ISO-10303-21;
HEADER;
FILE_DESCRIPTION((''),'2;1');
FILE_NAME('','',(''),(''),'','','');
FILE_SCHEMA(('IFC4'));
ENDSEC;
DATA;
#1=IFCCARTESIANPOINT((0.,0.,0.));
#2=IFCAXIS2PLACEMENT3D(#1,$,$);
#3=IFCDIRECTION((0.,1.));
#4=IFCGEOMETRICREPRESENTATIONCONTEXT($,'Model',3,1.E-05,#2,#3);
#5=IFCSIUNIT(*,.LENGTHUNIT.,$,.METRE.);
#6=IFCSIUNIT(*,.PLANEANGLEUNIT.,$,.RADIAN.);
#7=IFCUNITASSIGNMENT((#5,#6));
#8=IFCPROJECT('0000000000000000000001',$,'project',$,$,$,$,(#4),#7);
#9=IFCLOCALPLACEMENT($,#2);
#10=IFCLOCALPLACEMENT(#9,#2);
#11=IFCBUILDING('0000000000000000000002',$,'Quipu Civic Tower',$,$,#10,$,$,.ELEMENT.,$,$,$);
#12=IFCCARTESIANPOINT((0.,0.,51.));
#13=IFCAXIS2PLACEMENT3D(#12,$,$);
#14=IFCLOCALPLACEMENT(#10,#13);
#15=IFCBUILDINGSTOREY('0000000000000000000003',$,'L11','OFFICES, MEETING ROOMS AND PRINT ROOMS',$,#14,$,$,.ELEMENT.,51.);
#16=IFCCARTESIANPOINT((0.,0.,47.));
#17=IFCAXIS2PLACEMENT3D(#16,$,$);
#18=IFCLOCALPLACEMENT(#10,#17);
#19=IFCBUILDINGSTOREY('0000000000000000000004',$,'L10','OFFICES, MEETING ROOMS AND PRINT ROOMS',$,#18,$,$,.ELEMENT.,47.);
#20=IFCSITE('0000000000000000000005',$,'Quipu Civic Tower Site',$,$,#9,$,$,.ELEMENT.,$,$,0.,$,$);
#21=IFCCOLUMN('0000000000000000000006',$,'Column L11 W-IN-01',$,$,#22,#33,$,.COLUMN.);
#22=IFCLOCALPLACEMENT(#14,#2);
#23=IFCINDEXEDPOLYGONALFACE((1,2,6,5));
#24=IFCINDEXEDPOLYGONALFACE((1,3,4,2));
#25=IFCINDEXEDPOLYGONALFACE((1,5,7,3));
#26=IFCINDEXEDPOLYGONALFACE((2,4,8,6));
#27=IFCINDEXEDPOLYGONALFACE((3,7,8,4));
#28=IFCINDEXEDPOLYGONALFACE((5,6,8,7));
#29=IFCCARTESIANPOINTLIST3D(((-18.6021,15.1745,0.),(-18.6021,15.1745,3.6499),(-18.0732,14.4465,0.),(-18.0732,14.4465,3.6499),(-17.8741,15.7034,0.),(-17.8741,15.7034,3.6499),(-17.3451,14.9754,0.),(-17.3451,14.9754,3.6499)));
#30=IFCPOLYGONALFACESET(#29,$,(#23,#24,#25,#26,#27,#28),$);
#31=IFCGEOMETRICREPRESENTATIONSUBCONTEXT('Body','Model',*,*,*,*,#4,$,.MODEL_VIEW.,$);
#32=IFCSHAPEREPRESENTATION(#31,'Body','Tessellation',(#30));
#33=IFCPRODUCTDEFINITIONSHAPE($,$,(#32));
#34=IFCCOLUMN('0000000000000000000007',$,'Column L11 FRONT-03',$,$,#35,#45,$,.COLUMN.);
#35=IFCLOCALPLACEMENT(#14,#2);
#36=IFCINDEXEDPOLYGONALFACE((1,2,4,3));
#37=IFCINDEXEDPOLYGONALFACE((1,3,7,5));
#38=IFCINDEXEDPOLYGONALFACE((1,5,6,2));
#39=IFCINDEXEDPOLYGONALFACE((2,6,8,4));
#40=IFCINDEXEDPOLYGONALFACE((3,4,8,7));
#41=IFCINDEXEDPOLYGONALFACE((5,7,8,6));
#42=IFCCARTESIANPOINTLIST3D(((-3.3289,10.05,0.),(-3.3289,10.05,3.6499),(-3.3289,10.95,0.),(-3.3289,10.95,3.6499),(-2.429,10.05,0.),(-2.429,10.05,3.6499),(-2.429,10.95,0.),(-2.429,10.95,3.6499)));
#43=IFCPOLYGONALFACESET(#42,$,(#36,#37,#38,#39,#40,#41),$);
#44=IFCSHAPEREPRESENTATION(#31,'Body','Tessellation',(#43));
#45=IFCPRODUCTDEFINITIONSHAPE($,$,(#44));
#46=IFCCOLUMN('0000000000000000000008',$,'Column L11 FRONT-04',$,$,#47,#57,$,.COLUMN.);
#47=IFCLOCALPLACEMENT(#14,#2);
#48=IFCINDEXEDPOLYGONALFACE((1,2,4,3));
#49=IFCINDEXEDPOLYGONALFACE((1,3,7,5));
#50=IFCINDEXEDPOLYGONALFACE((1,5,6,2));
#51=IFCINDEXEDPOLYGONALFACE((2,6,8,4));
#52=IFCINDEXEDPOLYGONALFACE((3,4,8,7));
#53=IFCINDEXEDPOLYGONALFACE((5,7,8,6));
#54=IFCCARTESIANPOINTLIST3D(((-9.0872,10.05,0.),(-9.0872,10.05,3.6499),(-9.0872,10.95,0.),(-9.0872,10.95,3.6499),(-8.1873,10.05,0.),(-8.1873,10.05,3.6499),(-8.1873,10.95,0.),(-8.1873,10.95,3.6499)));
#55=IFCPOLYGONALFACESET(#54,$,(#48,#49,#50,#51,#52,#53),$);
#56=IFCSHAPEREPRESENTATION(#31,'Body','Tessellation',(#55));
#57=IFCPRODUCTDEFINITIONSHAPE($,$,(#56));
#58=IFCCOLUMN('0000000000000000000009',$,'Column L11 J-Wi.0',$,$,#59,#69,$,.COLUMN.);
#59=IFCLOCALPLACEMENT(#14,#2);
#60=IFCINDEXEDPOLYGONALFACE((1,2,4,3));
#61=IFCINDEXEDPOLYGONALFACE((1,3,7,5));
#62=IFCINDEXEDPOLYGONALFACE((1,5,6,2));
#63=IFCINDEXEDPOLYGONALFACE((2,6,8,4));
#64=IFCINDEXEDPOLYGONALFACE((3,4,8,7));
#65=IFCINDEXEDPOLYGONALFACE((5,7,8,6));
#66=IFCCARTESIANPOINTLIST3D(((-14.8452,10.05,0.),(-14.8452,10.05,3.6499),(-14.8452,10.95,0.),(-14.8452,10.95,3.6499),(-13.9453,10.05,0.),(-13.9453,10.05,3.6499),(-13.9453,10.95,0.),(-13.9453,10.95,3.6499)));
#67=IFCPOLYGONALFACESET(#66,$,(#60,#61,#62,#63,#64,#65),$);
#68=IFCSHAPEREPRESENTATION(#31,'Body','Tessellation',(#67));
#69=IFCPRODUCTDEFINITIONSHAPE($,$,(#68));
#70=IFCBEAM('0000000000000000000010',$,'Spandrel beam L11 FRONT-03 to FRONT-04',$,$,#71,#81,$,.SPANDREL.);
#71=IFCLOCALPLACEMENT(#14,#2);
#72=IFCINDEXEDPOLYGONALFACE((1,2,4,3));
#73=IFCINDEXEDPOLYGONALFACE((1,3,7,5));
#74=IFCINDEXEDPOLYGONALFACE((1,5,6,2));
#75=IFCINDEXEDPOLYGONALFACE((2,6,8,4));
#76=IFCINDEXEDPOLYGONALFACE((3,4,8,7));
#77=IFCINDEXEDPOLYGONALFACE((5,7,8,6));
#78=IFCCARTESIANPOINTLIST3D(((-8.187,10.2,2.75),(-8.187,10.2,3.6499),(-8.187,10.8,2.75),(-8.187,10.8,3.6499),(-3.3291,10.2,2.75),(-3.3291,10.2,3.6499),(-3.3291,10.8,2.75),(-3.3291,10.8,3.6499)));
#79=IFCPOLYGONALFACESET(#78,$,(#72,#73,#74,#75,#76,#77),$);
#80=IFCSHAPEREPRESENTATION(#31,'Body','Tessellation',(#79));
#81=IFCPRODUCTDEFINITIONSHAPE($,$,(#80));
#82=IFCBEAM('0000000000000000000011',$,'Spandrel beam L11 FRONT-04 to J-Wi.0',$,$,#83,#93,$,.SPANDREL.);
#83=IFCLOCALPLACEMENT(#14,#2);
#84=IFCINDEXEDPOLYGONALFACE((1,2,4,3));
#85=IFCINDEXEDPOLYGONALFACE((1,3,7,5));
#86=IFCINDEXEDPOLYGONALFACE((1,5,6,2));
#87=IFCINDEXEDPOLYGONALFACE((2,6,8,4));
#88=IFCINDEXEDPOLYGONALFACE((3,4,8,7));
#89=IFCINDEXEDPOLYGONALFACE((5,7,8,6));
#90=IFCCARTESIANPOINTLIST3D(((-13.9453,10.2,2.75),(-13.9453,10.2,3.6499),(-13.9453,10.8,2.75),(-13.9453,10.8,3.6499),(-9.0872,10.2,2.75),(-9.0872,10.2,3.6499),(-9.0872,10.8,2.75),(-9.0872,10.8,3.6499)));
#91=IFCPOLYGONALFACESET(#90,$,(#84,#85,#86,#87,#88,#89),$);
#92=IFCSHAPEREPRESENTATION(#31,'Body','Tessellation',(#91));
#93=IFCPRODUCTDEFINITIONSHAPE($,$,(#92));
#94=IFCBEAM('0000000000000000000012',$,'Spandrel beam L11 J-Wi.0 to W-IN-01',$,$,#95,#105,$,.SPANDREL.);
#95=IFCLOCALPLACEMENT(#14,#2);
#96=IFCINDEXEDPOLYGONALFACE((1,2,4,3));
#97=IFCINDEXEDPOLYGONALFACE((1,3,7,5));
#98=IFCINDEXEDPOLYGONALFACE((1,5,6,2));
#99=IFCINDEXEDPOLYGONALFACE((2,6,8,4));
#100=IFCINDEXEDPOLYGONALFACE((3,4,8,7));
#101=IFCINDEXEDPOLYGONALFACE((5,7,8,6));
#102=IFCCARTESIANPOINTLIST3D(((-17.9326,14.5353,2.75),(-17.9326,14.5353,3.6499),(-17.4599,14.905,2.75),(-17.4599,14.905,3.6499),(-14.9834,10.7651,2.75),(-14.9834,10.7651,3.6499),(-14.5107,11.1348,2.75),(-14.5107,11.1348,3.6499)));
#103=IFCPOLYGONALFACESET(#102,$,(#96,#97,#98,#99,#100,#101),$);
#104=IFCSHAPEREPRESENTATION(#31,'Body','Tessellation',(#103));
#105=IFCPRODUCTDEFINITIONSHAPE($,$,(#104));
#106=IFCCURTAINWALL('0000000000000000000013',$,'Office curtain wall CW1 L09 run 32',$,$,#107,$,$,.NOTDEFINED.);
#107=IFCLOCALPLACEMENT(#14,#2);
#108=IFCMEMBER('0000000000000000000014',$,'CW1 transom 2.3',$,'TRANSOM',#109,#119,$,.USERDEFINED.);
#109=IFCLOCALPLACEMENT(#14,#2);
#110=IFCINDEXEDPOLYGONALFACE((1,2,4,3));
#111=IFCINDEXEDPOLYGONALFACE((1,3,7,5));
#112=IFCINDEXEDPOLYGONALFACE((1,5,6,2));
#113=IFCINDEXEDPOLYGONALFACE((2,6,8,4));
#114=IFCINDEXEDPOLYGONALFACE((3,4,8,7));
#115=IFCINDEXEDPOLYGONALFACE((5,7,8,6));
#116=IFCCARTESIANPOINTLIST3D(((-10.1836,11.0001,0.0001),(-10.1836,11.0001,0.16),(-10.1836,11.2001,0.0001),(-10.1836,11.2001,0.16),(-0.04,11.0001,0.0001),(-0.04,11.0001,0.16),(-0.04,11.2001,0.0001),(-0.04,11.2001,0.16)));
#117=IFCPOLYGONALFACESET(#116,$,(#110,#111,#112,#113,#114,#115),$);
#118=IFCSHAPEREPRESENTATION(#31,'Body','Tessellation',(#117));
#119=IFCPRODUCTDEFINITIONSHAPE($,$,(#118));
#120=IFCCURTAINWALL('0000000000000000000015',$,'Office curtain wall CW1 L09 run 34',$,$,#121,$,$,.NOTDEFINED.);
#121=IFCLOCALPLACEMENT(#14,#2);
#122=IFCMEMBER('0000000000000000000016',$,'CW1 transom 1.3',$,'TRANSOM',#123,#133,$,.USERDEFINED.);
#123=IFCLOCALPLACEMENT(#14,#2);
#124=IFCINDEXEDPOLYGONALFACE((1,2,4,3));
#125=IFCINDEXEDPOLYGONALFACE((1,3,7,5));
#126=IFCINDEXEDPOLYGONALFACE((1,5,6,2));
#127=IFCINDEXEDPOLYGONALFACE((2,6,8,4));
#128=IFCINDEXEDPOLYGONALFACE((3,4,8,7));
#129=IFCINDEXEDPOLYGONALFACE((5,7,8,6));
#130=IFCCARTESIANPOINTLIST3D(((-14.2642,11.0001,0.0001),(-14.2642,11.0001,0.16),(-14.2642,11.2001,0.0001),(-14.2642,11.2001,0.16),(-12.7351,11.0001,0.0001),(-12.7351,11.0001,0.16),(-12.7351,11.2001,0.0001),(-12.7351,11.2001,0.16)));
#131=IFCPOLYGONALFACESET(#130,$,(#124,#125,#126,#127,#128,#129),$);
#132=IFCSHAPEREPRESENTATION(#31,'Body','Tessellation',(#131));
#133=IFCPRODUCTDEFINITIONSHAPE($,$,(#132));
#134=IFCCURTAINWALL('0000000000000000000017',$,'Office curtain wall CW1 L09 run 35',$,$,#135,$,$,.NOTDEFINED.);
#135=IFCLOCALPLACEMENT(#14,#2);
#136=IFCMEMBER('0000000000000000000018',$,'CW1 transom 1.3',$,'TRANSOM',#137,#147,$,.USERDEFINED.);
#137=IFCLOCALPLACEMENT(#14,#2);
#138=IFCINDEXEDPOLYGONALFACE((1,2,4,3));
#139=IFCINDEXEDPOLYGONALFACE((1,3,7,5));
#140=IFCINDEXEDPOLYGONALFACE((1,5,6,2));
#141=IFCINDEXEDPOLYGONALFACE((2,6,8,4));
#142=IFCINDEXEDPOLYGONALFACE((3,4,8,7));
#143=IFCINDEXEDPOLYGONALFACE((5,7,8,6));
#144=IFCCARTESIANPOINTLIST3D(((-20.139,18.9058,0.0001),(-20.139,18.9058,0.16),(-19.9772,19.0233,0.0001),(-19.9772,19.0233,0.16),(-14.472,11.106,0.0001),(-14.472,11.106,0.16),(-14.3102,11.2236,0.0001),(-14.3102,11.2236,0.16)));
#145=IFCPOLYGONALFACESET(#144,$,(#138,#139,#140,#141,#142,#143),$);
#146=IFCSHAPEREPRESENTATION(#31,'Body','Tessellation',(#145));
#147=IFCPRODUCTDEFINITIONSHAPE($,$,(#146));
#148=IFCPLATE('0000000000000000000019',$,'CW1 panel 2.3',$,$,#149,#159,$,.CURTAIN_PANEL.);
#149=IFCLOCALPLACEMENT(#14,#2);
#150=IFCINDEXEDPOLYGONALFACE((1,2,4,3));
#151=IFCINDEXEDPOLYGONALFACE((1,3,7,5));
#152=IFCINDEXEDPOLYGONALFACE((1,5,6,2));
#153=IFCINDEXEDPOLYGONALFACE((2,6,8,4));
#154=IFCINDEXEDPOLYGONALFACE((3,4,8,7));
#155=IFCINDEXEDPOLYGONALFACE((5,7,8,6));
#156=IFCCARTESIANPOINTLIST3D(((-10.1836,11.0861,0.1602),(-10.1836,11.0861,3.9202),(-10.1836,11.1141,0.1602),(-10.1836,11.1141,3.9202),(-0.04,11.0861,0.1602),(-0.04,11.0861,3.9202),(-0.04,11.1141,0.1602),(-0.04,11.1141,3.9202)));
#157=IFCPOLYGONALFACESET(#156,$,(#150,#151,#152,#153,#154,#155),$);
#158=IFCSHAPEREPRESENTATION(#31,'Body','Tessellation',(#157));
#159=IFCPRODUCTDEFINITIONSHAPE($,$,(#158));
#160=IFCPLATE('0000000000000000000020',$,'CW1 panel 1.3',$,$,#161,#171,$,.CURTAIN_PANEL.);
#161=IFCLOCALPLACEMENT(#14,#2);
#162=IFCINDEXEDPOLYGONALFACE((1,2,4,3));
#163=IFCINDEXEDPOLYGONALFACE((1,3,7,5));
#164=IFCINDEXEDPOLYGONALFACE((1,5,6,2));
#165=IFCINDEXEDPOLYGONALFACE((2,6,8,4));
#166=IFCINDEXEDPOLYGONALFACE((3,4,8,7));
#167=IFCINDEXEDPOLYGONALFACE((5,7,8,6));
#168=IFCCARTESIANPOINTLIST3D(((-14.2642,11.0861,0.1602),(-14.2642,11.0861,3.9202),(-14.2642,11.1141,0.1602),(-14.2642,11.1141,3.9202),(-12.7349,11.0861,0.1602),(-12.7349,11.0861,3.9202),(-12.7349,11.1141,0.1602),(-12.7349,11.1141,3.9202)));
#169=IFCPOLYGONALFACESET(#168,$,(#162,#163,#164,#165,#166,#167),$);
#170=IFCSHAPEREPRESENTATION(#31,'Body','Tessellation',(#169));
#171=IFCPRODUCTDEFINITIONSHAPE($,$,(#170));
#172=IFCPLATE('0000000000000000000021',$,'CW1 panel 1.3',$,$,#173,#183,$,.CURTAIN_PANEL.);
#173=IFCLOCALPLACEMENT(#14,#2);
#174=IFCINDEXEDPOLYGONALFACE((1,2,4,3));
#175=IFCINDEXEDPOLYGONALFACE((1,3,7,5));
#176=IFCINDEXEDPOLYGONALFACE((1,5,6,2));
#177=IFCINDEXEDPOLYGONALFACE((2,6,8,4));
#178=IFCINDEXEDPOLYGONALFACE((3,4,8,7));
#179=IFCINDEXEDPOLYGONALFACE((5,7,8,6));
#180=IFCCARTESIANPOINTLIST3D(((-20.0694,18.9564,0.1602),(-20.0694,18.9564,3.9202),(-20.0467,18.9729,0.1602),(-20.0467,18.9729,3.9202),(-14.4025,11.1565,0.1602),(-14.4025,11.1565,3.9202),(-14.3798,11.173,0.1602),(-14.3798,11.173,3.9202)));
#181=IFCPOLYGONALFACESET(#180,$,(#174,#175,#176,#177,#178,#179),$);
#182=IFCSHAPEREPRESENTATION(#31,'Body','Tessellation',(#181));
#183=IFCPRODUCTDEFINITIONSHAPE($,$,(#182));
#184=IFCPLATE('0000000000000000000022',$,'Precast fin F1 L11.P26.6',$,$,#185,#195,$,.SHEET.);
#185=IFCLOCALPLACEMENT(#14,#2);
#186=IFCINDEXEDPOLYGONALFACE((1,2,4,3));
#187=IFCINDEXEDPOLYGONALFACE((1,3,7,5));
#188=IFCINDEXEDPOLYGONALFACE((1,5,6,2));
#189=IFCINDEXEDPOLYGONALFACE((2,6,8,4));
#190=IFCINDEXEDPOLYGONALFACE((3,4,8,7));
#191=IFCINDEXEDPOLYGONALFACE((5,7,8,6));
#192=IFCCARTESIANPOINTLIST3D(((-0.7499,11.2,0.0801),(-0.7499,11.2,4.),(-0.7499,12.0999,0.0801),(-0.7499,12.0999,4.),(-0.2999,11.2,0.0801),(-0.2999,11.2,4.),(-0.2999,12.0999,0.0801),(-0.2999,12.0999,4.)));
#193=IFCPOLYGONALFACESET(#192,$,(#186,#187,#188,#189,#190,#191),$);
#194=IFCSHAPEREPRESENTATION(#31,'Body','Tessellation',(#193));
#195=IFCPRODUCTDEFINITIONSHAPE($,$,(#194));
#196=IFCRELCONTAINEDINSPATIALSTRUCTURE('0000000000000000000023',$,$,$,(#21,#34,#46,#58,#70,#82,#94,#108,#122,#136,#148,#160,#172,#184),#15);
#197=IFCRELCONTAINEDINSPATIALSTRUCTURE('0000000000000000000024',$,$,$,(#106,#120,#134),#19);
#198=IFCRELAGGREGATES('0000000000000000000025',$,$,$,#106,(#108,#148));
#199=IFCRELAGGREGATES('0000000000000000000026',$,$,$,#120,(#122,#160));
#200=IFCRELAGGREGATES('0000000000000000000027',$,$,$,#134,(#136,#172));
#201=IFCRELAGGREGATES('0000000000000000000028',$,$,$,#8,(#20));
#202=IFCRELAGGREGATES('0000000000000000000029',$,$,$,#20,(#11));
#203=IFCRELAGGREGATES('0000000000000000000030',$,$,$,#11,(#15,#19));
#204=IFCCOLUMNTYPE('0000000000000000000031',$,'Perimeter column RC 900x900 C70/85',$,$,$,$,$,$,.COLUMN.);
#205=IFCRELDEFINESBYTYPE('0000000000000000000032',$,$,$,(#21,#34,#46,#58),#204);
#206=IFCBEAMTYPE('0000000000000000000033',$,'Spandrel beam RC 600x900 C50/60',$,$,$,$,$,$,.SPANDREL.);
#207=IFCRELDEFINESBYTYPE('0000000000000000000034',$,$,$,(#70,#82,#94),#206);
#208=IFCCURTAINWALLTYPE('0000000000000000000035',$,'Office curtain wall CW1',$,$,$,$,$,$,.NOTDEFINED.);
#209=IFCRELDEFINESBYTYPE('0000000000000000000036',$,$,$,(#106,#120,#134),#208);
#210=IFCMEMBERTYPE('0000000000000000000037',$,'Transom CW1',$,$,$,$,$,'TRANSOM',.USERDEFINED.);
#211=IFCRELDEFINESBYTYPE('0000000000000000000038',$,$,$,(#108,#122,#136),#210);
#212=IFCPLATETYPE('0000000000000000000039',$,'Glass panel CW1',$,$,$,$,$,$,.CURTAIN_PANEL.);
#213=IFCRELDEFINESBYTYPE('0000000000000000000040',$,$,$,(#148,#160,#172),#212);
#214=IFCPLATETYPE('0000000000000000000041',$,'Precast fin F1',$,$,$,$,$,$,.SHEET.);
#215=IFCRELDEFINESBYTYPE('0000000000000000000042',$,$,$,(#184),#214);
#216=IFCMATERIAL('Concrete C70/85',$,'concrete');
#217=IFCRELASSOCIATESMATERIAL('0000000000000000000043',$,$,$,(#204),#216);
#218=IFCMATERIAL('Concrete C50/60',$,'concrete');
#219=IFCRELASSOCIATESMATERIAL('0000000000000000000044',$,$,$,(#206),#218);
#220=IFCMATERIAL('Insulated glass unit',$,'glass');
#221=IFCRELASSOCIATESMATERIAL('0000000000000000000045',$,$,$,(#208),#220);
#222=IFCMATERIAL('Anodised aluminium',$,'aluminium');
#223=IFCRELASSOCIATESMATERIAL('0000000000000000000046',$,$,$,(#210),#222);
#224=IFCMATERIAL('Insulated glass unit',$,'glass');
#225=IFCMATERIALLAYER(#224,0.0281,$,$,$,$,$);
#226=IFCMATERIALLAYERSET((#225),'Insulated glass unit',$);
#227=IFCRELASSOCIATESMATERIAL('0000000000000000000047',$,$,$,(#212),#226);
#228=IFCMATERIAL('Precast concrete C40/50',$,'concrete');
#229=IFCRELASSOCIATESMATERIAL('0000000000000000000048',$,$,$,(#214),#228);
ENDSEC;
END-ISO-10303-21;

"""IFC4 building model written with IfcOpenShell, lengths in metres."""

from ifc_helpers import new_model, si_unit, direction, frame, origin, origin_2d, place, context, subcontext, project, spatial, rectangle, extrude, material, layer, layer_set, material_profile, profile_set, type_object, element, aggregate, save


model = new_model("IFC4")

# Units and contexts
model_context = context("Model", 3, precision=1e-05, world=origin(), true_north=direction((0.0, 1.0)))
body_context = subcontext(model_context, "Body", "Model", "MODEL_VIEW")
ifc_project = project(units=[si_unit("LENGTHUNIT", "METRE"), si_unit("PLANEANGLEUNIT", "RADIAN")], contexts=[model_context])

# Site, building, storey
site_placement = place(None, origin())
site = spatial("IfcSite", under=ifc_project, at=site_placement, Name="Quipu Civic Tower Site", CompositionType="ELEMENT", RefElevation=0.0)
building_placement = place(site_placement, origin())
building = spatial("IfcBuilding", under=site, at=building_placement, Name="Quipu Civic Tower", CompositionType="ELEMENT")
storey_1_placement = place(building_placement, frame((0.0, 0.0, 51.0)))
storey_1 = spatial("IfcBuildingStorey", under=building, at=storey_1_placement, Name="L11", Description="OFFICES, MEETING ROOMS AND PRINT ROOMS", CompositionType="ELEMENT", Elevation=51.0)

# Columns
ifc_material_1 = material(Name="Concrete C70/85", Category="concrete")
ifc_material_profile_1 = material_profile(ifc_material_1, rectangle(XDim=0.8999, YDim=0.8999, at=origin_2d()), Name="RC900x900")
ifc_profile_set_1 = profile_set([ifc_material_profile_1], Name="Concrete C70/85")
column_type = type_object("IfcColumnType", Name="Perimeter column RC 900x900 C70/85", PredefinedType="COLUMN", material=ifc_profile_set_1)
for number, where, z_axis, x_axis, name in (
    (1, (-17.9736, 15.075, 0.0), (0.0, 0.0, 1.0), (-0.587785, 0.809017, 0.0), "Column L11 W-IN-01"),
    (2, (-2.8789, 10.5, 0.0), (0.0, 0.0, 1.0), (-1.0, 0.0, 0.0), "Column L11 FRONT-03"),
    (3, (-8.6372, 10.5, 0.0), (0.0, 0.0, 1.0), (-1.0, 0.0, 0.0), "Column L11 FRONT-04"),
    (4, (-14.3953, 10.5, 0.0), (0.0, 0.0, 1.0), (-1.0, 0.0, 0.0), "Column L11 J-Wi.0"),
):
    element("IfcColumn", number, at=place(storey_1_placement, frame(where, z_axis=z_axis, x_axis=x_axis)), inside=storey_1, type_object=column_type, Name=name, PredefinedType="COLUMN", context=body_context, shape_type="SweptSolid", body=[
        extrude(rectangle(XDim=0.8999, YDim=0.8999, at=origin_2d()), origin(), (0.0, 0.0, 1.0), 3.6499),
    ])

# Beams
ifc_material_2 = material(Name="Concrete C50/60", Category="concrete")
ifc_material_profile_2 = material_profile(ifc_material_2, rectangle(XDim=0.6001, YDim=0.8999, at=origin_2d()), Name="RC600x900")
ifc_profile_set_2 = profile_set([ifc_material_profile_2], Name="Concrete C50/60")
beam_type = type_object("IfcBeamType", Name="Spandrel beam RC 600x900 C50/60", PredefinedType="SPANDREL", material=ifc_profile_set_2)
beam_1_placement = place(storey_1_placement, frame((-3.3291, 10.5, 3.2), z_axis=(-1.0, 0.0, 0.0), x_axis=(0.0, -1.0, 0.0)))
element("IfcBeam", 5, at=beam_1_placement, inside=storey_1, type_object=beam_type, Name="Spandrel beam L11 FRONT-03 to FRONT-04", PredefinedType="SPANDREL", context=body_context, shape_type="SweptSolid", body=[
    extrude(rectangle(XDim=0.6001, YDim=0.8999, at=origin_2d()), origin(), (0.0, 0.0, 1.0), 4.8579),
])
beam_2_placement = place(storey_1_placement, frame((-9.0872, 10.5, 3.2), z_axis=(-1.0, 0.0, 0.0), x_axis=(0.0, -1.0, 0.0)))
element("IfcBeam", 6, at=beam_2_placement, inside=storey_1, type_object=beam_type, Name="Spandrel beam L11 FRONT-04 to J-Wi.0", PredefinedType="SPANDREL", context=body_context, shape_type="SweptSolid", body=[
    extrude(rectangle(XDim=0.6001, YDim=0.8999, at=origin_2d()), origin(), (0.0, 0.0, 1.0), 4.8582),
])
beam_3_placement = place(storey_1_placement, frame((-14.7471, 10.95, 3.2), z_axis=(-0.616124, 0.787649, 0.0), x_axis=(-0.787649, -0.616124, 0.0)))
element("IfcBeam", 7, at=beam_3_placement, inside=storey_1, type_object=beam_type, Name="Spandrel beam L11 J-Wi.0 to W-IN-01", PredefinedType="SPANDREL", context=body_context, shape_type="SweptSolid", body=[
    extrude(rectangle(XDim=0.6001, YDim=0.8999, at=origin_2d()), origin(), (0.0, 0.0, 1.0), 4.7866),
])

# Shared definitions
storey_2_placement = place(building_placement, frame((0.0, 0.0, 47.0)))
storey_2 = spatial("IfcBuildingStorey", under=building, at=storey_2_placement, Name="L10", Description="OFFICES, MEETING ROOMS AND PRINT ROOMS", CompositionType="ELEMENT", Elevation=47.0)

# Curtain walls, members
ifc_material_3 = material(Name="Insulated glass unit", Category="glass")
curtain_wall_type = type_object("IfcCurtainWallType", Name="Office curtain wall CW1", PredefinedType="NOTDEFINED", material=ifc_material_3)
curtain_wall_1_placement = place(storey_2_placement, origin())
curtain_wall_1 = element("IfcCurtainWall", 8, at=curtain_wall_1_placement, inside=storey_2, type_object=curtain_wall_type, Name="Office curtain wall CW1 L09 run 32", PredefinedType="NOTDEFINED")
ifc_material_4 = material(Name="Anodised aluminium", Category="aluminium")
ifc_material_profile_3 = material_profile(ifc_material_4, rectangle(XDim=0.2, YDim=0.1599, at=origin_2d()), Name="RECT 200x160")
ifc_profile_set_3 = profile_set([ifc_material_profile_3], Name="Anodised aluminium")
member_type = type_object("IfcMemberType", Name="Transom CW1", ElementType="TRANSOM", PredefinedType="USERDEFINED", material=ifc_profile_set_3)
member_1_placement = place(storey_1_placement, frame((-0.04, 11.1001, 0.0801), z_axis=(-1.0, 0.0, 0.0), x_axis=(0.0, -1.0, 0.0)))
member_1 = element("IfcMember", 9, at=member_1_placement, inside=storey_1, type_object=member_type, Name="CW1 transom 2.3", ObjectType="TRANSOM", PredefinedType="USERDEFINED", context=body_context, shape_type="SweptSolid", body=[
    extrude(rectangle(XDim=0.2, YDim=0.1599, at=origin_2d()), origin(), (0.0, 0.0, 1.0), 10.1436),
])
curtain_wall_2_placement = place(storey_2_placement, origin())
curtain_wall_2 = element("IfcCurtainWall", 10, at=curtain_wall_2_placement, inside=storey_2, type_object=curtain_wall_type, Name="Office curtain wall CW1 L09 run 34", PredefinedType="NOTDEFINED")
member_2_placement = place(storey_1_placement, frame((-12.7351, 11.1001, 0.0801), z_axis=(-1.0, 0.0, 0.0), x_axis=(0.0, -1.0, 0.0)))
member_2 = element("IfcMember", 11, at=member_2_placement, inside=storey_1, type_object=member_type, Name="CW1 transom 1.3", ObjectType="TRANSOM", PredefinedType="USERDEFINED", context=body_context, shape_type="SweptSolid", body=[
    extrude(rectangle(XDim=0.2, YDim=0.1599, at=origin_2d()), origin(), (0.0, 0.0, 1.0), 1.5291),
])
curtain_wall_3_placement = place(storey_2_placement, origin())
curtain_wall_3 = element("IfcCurtainWall", 12, at=curtain_wall_3_placement, inside=storey_2, type_object=curtain_wall_type, Name="Office curtain wall CW1 L09 run 35", PredefinedType="NOTDEFINED")
member_3_placement = place(storey_1_placement, frame((-14.3911, 11.1648, 0.0801), z_axis=(-0.587792, 0.809012, 0.0), x_axis=(-0.809012, -0.587792, 0.0)))
member_3 = element("IfcMember", 13, at=member_3_placement, inside=storey_1, type_object=member_type, Name="CW1 transom 1.3", ObjectType="TRANSOM", PredefinedType="USERDEFINED", context=body_context, shape_type="SweptSolid", body=[
    extrude(rectangle(XDim=0.2, YDim=0.1599, at=origin_2d()), origin(), (0.0, 0.0, 1.0), 9.6411),
])

# Plates
ifc_material_5 = material(Name="Insulated glass unit", Category="glass")
ifc_layer_1 = layer(ifc_material_5, 0.0281)
ifc_layer_set_1 = layer_set([ifc_layer_1], Name="Insulated glass unit")
plate_type_1 = type_object("IfcPlateType", Name="Glass panel CW1", PredefinedType="CURTAIN_PANEL", material=ifc_layer_set_1)
plate_1_placement = place(storey_1_placement, frame((-5.1118, 11.1001, 0.1602), z_axis=(0.0, 0.0, 1.0), x_axis=(-1.0, 0.0, 0.0)))
plate_1 = element("IfcPlate", 14, at=plate_1_placement, inside=storey_1, type_object=plate_type_1, Name="CW1 panel 2.3", PredefinedType="CURTAIN_PANEL", context=body_context, shape_type="SweptSolid", body=[
    extrude(rectangle(XDim=10.1436, YDim=0.0281, at=origin_2d()), origin(), (0.0, 0.0, 1.0), 3.76),
])
aggregate(curtain_wall_1, [member_1, plate_1])
plate_2_placement = place(storey_1_placement, frame((-13.4995, 11.1001, 0.1602), z_axis=(0.0, 0.0, 1.0), x_axis=(-1.0, 0.0, 0.0)))
plate_2 = element("IfcPlate", 15, at=plate_2_placement, inside=storey_1, type_object=plate_type_1, Name="CW1 panel 1.3", PredefinedType="CURTAIN_PANEL", context=body_context, shape_type="SweptSolid", body=[
    extrude(rectangle(XDim=1.5293, YDim=0.0281, at=origin_2d()), origin(), (0.0, 0.0, 1.0), 3.76),
])
aggregate(curtain_wall_2, [member_2, plate_2])
plate_3_placement = place(storey_1_placement, frame((-17.2246, 15.0647, 0.1602), z_axis=(0.0, 0.0, 1.0), x_axis=(-0.587786, 0.809017, 0.0)))
plate_3 = element("IfcPlate", 16, at=plate_3_placement, inside=storey_1, type_object=plate_type_1, Name="CW1 panel 1.3", PredefinedType="CURTAIN_PANEL", context=body_context, shape_type="SweptSolid", body=[
    extrude(rectangle(XDim=9.6411, YDim=0.0281, at=origin_2d()), origin(), (0.0, 0.0, 1.0), 3.76),
])
aggregate(curtain_wall_3, [member_3, plate_3])

# Plate
ifc_material_6 = material(Name="Precast concrete C40/50", Category="concrete")
plate_type_2 = type_object("IfcPlateType", Name="Precast fin F1", PredefinedType="SHEET", material=ifc_material_6)
for number, where, z_axis, x_axis, name in (
    (17, (-0.5249, 11.6499, 0.0801), (0.0, 0.0, 1.0), (-1.0, 0.0, 0.0), "Precast fin F1 L11.P26.6"),
):
    element("IfcPlate", number, at=place(storey_1_placement, frame(where, z_axis=z_axis, x_axis=x_axis)), inside=storey_1, type_object=plate_type_2, Name=name, PredefinedType="SHEET", context=body_context, shape_type="SweptSolid", body=[
        extrude(rectangle(XDim=0.45, YDim=0.8999, at=origin_2d()), origin(), (0.0, 0.0, 1.0), 3.9199),
    ])

save(model, "model.ifc")
